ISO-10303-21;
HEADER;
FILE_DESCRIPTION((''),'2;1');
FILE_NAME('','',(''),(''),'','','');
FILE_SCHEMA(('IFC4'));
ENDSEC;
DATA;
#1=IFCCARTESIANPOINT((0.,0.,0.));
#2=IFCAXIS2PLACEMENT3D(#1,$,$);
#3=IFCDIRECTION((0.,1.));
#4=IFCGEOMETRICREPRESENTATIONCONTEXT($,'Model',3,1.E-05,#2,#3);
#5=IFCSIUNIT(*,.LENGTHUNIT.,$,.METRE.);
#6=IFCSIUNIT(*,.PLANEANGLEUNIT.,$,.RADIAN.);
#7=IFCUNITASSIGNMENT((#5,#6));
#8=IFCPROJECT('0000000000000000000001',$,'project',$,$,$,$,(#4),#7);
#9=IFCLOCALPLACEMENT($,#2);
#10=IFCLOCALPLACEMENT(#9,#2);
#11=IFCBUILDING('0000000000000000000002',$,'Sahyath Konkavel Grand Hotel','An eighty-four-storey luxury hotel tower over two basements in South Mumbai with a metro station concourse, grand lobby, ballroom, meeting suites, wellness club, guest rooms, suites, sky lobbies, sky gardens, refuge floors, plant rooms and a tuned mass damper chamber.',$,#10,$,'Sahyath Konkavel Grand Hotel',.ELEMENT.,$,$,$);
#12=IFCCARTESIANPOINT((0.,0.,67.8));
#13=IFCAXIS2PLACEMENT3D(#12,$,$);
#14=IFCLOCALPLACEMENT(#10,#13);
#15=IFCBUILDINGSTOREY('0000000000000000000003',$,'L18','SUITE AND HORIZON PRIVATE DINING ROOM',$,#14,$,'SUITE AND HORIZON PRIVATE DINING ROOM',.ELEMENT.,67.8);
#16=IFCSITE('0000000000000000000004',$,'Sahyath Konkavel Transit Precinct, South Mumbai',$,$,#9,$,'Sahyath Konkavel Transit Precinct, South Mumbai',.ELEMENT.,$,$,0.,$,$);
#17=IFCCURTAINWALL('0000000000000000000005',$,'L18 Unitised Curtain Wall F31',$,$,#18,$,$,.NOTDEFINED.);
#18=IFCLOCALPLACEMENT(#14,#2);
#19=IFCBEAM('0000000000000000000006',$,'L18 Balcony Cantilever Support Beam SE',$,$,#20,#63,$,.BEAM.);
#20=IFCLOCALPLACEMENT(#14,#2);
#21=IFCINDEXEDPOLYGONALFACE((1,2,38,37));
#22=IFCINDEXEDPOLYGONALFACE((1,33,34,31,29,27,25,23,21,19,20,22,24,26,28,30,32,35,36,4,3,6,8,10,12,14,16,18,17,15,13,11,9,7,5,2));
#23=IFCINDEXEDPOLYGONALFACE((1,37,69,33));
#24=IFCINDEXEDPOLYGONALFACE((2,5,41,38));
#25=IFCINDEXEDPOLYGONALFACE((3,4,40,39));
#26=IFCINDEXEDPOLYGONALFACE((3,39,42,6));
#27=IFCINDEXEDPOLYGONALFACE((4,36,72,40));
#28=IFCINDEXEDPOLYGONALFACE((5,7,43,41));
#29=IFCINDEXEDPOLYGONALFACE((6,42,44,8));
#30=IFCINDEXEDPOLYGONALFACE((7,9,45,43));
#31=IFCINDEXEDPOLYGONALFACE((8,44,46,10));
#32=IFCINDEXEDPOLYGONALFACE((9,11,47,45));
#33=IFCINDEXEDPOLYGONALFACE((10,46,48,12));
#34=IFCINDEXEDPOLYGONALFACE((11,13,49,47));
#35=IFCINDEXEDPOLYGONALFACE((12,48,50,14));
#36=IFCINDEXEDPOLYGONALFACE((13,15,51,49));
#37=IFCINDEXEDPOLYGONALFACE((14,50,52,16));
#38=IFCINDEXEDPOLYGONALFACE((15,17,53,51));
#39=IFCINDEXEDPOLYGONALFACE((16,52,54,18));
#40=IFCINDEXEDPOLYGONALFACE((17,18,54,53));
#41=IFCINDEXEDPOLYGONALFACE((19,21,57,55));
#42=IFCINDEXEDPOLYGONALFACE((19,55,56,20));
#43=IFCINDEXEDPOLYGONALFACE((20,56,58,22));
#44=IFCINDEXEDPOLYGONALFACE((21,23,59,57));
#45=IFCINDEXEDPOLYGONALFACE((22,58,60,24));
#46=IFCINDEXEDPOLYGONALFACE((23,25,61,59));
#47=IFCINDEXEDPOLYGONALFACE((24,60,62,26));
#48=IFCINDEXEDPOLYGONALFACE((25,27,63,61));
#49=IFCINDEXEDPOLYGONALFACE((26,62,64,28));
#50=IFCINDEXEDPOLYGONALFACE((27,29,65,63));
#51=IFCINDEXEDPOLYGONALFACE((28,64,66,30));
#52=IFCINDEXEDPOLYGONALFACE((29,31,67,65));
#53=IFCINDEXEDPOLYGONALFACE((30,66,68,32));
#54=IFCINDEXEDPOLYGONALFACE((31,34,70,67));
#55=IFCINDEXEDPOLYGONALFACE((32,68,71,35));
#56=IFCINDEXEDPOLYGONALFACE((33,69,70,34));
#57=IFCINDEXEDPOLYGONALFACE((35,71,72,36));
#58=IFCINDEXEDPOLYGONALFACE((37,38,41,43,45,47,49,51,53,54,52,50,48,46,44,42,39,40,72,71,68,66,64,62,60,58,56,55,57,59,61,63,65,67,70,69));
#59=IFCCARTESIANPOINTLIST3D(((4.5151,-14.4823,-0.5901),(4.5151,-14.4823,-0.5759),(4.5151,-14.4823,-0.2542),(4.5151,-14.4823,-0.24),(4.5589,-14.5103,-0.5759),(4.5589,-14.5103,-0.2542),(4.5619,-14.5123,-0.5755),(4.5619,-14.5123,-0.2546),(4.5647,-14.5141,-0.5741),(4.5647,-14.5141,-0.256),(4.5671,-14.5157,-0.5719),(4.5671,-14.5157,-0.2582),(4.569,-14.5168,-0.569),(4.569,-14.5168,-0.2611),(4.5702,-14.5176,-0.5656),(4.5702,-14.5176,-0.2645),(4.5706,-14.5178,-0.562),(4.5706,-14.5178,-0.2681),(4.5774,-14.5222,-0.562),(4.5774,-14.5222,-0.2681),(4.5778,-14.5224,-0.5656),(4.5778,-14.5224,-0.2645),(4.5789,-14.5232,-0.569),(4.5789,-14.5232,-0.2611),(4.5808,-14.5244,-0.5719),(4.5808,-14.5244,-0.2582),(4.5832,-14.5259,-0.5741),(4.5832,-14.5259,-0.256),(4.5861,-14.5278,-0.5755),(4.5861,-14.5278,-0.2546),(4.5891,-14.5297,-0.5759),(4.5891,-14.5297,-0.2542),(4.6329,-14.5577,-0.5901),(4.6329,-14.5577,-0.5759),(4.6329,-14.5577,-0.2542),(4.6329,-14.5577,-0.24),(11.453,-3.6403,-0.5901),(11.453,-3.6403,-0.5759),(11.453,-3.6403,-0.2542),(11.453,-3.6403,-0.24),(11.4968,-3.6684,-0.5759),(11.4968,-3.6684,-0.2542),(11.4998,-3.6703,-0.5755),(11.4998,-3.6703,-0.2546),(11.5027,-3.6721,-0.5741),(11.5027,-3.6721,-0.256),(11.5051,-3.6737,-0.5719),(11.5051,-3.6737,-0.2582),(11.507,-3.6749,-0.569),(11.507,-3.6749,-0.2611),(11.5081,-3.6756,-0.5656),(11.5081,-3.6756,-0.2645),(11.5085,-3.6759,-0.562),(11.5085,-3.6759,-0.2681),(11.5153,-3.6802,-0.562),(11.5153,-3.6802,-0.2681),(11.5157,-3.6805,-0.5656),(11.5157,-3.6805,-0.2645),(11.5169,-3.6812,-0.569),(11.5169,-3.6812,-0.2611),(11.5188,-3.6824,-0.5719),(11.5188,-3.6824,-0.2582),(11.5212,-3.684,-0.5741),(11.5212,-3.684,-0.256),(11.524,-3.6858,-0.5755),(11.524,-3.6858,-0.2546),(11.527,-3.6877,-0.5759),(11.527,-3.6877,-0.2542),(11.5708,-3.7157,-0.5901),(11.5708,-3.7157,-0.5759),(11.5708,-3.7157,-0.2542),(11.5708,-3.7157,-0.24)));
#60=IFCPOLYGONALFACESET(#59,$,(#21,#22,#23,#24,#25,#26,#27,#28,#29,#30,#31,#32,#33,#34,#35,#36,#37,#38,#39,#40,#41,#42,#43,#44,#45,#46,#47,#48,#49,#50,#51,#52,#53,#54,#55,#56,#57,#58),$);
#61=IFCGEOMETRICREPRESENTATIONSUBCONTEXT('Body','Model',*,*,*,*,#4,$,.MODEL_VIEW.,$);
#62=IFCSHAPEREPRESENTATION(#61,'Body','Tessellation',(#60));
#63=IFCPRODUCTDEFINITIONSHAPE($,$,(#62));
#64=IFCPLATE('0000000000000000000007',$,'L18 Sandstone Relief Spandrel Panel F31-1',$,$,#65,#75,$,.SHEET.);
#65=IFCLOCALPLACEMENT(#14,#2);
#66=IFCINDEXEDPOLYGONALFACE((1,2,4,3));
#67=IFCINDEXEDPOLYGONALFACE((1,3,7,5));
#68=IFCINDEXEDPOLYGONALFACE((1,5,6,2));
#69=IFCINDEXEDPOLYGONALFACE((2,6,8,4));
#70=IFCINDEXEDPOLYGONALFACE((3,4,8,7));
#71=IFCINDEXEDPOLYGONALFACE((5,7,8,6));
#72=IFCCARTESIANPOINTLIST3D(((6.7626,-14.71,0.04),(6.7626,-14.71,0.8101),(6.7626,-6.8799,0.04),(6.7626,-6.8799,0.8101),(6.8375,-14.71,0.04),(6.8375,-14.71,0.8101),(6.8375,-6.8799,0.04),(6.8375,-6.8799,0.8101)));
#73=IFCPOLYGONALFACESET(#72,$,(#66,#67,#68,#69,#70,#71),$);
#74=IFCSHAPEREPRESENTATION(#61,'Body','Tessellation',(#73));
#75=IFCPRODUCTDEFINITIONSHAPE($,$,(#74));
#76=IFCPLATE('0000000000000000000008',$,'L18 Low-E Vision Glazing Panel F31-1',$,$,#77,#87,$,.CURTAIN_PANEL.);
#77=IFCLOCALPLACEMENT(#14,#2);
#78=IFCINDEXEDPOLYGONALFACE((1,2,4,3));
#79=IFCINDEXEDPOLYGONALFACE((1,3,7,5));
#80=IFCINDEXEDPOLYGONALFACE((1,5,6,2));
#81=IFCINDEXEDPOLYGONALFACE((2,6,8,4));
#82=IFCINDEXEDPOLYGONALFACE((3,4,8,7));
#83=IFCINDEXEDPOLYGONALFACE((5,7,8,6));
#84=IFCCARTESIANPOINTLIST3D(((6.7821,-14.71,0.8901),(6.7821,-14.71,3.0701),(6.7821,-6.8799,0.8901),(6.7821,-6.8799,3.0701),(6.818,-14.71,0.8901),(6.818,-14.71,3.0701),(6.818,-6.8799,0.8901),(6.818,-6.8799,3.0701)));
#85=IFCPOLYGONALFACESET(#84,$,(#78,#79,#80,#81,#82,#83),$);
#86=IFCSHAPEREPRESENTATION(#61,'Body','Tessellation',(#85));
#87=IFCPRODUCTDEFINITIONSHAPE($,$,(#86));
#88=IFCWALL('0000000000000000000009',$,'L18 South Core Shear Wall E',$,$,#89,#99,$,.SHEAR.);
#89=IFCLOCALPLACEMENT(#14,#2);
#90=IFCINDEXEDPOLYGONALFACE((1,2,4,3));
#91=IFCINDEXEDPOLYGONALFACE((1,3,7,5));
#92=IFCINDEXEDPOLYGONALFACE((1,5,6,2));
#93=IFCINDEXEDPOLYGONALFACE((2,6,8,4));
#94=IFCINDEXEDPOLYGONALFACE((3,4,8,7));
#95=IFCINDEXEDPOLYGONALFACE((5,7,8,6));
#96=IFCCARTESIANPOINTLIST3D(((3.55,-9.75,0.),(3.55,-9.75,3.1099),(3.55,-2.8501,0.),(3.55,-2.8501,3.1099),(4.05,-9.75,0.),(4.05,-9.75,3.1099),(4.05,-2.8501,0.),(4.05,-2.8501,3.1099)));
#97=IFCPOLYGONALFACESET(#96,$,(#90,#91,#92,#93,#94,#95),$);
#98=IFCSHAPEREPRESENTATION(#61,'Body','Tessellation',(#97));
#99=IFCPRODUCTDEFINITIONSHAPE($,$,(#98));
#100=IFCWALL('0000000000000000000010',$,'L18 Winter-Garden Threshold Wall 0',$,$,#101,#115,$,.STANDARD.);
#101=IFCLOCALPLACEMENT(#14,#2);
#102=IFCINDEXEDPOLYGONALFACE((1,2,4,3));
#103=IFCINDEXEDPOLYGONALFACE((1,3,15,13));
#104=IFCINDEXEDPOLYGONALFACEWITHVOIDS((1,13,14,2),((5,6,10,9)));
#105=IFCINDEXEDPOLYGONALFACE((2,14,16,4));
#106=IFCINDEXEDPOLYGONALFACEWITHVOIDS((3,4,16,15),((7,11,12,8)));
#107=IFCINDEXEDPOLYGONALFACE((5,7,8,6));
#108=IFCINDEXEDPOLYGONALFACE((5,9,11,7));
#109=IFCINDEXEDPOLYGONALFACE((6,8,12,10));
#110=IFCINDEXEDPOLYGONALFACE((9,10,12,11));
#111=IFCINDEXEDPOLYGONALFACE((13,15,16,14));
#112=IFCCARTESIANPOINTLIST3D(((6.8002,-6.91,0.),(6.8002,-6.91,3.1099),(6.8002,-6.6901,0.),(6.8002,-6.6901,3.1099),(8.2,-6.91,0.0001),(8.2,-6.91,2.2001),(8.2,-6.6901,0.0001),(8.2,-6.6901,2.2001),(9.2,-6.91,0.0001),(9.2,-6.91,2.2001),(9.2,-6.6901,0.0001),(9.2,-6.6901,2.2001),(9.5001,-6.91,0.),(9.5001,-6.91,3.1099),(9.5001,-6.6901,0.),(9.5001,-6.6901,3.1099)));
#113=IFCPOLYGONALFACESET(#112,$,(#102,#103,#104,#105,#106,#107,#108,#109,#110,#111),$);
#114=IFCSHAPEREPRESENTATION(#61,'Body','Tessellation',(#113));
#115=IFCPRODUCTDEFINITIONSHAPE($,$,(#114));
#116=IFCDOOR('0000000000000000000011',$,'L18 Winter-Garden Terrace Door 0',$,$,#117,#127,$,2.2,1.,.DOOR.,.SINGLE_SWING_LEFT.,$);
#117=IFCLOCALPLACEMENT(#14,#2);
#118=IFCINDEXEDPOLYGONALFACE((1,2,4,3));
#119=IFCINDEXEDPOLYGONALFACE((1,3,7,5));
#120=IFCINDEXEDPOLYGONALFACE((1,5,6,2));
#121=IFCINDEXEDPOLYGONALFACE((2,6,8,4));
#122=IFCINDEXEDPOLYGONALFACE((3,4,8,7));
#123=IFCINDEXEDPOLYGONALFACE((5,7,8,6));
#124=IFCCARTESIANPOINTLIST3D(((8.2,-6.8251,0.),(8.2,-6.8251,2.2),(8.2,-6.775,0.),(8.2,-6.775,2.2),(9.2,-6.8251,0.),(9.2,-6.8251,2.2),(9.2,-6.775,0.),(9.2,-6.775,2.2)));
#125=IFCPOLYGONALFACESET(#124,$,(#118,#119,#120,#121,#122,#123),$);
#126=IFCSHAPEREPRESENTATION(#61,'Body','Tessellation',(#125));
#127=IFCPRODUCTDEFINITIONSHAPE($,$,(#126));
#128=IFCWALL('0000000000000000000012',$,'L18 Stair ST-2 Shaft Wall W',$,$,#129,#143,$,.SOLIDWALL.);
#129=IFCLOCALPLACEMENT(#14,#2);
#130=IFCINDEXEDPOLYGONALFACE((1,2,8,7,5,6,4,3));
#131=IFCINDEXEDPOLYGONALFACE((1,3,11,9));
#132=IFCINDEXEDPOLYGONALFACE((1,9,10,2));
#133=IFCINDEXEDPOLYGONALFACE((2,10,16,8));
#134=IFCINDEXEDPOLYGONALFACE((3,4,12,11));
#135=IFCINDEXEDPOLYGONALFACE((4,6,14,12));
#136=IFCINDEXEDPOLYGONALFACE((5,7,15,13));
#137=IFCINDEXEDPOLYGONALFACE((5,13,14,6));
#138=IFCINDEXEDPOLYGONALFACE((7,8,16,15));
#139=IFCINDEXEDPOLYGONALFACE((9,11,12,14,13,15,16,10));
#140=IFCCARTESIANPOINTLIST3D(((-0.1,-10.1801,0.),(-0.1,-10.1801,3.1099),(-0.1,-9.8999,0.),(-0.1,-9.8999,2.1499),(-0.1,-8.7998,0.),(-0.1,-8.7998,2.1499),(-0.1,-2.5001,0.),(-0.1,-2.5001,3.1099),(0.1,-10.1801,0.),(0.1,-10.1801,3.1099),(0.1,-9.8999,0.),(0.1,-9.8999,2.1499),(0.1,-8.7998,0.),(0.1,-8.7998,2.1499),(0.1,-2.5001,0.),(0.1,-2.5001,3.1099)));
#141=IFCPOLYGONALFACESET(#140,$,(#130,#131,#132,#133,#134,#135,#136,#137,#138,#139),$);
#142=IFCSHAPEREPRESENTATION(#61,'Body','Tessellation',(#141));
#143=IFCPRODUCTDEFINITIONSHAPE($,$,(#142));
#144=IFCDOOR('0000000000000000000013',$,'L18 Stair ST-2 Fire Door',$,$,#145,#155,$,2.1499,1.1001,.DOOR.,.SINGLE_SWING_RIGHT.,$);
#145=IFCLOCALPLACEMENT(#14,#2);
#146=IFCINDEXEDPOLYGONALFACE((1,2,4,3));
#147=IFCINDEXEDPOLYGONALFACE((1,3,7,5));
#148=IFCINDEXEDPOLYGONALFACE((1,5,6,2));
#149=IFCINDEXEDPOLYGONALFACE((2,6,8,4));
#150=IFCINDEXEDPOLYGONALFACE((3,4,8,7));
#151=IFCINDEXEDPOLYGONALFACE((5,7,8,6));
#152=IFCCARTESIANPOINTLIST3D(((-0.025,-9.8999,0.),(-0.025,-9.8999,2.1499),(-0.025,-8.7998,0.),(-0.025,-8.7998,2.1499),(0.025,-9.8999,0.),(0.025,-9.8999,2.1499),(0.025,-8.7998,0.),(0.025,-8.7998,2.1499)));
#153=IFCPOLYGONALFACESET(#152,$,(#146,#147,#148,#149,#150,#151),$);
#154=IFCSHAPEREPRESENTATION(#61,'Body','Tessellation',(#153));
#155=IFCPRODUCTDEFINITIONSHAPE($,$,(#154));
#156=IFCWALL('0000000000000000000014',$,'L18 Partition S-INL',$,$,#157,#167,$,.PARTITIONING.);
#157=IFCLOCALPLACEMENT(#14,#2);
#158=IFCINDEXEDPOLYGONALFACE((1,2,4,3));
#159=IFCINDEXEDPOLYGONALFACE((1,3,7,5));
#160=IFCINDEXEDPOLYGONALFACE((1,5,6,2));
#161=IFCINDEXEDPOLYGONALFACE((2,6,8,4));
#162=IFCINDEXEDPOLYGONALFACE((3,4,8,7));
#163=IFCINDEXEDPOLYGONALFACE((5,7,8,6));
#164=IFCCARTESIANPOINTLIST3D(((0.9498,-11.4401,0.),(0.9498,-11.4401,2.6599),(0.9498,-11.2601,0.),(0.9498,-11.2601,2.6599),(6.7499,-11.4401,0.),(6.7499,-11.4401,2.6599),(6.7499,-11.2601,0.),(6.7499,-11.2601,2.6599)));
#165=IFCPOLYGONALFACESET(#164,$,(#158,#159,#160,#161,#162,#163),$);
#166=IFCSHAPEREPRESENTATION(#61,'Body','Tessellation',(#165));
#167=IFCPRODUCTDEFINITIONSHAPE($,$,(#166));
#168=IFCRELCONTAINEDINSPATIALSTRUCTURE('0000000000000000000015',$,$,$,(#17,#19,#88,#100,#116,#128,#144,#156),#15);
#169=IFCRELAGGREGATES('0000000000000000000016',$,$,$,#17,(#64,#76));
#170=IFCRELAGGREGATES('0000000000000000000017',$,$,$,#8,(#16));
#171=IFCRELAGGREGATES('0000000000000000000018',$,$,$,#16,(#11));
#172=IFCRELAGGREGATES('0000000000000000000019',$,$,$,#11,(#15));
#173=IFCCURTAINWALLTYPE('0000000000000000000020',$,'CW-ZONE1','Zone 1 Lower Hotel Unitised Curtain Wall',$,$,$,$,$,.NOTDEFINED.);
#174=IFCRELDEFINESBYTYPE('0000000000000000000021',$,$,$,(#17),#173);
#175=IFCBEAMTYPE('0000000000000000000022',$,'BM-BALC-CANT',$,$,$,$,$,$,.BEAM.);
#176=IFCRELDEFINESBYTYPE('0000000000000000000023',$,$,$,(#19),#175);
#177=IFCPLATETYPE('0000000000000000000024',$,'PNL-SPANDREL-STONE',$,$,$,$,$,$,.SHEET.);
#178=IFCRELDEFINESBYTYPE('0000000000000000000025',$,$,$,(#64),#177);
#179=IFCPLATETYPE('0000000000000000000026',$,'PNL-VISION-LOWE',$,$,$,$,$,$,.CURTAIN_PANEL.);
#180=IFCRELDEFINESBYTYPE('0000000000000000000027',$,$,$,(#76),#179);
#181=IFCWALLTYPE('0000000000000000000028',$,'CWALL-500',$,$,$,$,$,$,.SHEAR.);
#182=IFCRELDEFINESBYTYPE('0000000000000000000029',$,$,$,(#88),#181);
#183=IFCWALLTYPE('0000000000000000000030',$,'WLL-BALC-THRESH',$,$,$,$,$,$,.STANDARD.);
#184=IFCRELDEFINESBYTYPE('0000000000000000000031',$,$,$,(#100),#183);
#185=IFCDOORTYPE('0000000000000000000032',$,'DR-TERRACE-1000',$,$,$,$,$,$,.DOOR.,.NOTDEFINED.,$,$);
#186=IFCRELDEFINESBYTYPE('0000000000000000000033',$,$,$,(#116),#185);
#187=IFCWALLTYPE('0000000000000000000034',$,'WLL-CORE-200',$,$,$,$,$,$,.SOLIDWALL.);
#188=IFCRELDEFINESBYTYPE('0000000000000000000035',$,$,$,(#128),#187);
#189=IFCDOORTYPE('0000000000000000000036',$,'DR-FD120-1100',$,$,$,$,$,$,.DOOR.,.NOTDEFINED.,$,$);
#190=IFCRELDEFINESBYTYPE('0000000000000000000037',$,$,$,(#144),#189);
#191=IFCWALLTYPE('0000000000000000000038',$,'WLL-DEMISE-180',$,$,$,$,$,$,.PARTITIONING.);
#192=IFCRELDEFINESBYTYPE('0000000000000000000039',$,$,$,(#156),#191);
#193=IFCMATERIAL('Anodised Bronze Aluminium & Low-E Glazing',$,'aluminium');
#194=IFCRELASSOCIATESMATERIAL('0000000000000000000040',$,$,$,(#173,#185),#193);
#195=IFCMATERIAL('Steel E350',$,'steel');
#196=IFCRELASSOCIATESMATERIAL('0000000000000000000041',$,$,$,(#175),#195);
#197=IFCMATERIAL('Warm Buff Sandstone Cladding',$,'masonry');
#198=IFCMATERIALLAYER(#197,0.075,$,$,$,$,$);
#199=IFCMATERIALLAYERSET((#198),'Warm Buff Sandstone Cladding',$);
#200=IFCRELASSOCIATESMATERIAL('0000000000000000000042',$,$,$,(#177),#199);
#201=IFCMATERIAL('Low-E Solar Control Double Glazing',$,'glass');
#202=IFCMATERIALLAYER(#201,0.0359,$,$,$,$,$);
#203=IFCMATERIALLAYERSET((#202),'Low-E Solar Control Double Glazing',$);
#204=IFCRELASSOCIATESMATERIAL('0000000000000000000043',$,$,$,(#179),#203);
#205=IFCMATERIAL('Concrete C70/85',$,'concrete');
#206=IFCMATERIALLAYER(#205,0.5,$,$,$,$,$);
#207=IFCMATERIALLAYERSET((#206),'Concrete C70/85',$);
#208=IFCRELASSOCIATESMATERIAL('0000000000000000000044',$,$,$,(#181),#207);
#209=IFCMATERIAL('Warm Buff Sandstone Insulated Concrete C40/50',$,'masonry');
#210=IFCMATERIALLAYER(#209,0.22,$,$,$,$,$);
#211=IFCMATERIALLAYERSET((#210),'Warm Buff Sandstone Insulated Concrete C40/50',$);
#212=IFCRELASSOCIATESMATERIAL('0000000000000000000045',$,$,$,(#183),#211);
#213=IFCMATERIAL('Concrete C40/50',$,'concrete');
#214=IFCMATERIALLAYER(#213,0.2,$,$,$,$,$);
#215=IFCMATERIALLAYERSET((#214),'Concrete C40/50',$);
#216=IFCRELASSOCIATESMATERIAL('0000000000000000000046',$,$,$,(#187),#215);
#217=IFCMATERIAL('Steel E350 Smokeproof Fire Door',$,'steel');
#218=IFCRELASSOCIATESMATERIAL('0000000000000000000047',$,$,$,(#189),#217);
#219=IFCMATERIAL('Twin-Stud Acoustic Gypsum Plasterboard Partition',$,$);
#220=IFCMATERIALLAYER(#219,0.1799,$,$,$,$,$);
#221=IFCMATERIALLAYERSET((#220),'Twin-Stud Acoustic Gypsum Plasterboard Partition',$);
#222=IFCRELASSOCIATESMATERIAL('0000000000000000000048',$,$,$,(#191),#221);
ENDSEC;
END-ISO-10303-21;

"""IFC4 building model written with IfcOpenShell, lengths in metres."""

from ifc_helpers import new_model, si_unit, direction, frame, frame_2d, origin, origin_2d, place, context, subcontext, project, spatial, rectangle, i_section, extrude, source, transform, mapped, material, layer, layer_set, material_profile, profile_set, type_object, element, fill, aggregate, save


model = new_model("IFC4")

# Units and contexts
model_context = context("Model", 3, precision=1e-05, world=origin(), true_north=direction((0.0, 1.0)))
body_context = subcontext(model_context, "Body", "Model", "MODEL_VIEW")
ifc_project = project(units=[si_unit("LENGTHUNIT", "METRE"), si_unit("PLANEANGLEUNIT", "RADIAN")], contexts=[model_context])

# Site, building, storey
site_placement = place(None, origin())
site = spatial("IfcSite", under=ifc_project, at=site_placement, Name="Sahyath Konkavel Transit Precinct, South Mumbai", LongName="Sahyath Konkavel Transit Precinct, South Mumbai", CompositionType="ELEMENT", RefElevation=0.0)
building_placement = place(site_placement, origin())
building = spatial("IfcBuilding", under=site, at=building_placement, Name="Sahyath Konkavel Grand Hotel", Description="An eighty-four-storey luxury hotel tower over two basements in South Mumbai with a metro station concourse, grand lobby, ballroom, meeting suites, wellness club, guest rooms, suites, sky lobbies, sky gardens, refuge floors, plant rooms and a tuned mass damper chamber.", LongName="Sahyath Konkavel Grand Hotel", CompositionType="ELEMENT")
storey_placement = place(building_placement, frame((0.0, 0.0, 67.8)))
storey = spatial("IfcBuildingStorey", under=building, at=storey_placement, Name="L18", Description="SUITE AND HORIZON PRIVATE DINING ROOM", LongName="SUITE AND HORIZON PRIVATE DINING ROOM", CompositionType="ELEMENT", Elevation=67.8)

# Shared definitions
ifc_material_1 = material(Name="Concrete C70/85", Category="concrete")

# Shared definitions
ifc_material_2 = material(Name="Steel E350", Category="steel")

# Curtain wall
ifc_material_3 = material(Name="Anodised Bronze Aluminium & Low-E Glazing", Category="aluminium")
curtain_wall_type = type_object("IfcCurtainWallType", Name="CW-ZONE1", Description="Zone 1 Lower Hotel Unitised Curtain Wall", PredefinedType="NOTDEFINED", material=ifc_material_3)
curtain_wall_1_placement = place(storey_placement, origin())
curtain_wall_1 = element("IfcCurtainWall", 1, at=curtain_wall_1_placement, inside=storey, type_object=curtain_wall_type, Name="L18 Unitised Curtain Wall F31", PredefinedType="NOTDEFINED")

# Beam
ifc_material_profile_1 = material_profile(ifc_material_2, i_section(OverallWidth=0.1399, OverallDepth=0.3501, WebThickness=0.0081, FlangeThickness=0.0142, FilletRadius=0.0139, at=origin_2d()), Name="ISMB 350")
ifc_profile_set_1 = profile_set([ifc_material_profile_1], Name="Steel E350")
beam_type_1 = type_object("IfcBeamType", Name="BM-BALC-CANT", PredefinedType="BEAM", material=ifc_profile_set_1)
shared_shape_1 = source(origin(), body_context, "Body", "SweptSolid", [
    extrude(i_section(OverallWidth=0.1399, OverallDepth=0.3501, WebThickness=0.0081, FlangeThickness=0.0142, FilletRadius=0.0139, at=origin_2d()), origin(), (0.0, 0.0, 1.0), 12.8718),
])
beam_1_placement = place(storey_placement, frame((4.574, -14.52, -0.415), z_axis=(0.539003, 0.842304, 0.0), x_axis=(-0.842304, 0.539003, 0.0)))
element("IfcBeam", 2, at=beam_1_placement, inside=storey, type_object=beam_type_1, Name="L18 Balcony Cantilever Support Beam SE", PredefinedType="BEAM", context=body_context, shape_type="MappedRepresentation", body=[
    mapped(shared_shape_1, transform((0.0, 0.0, 0.0), scale=1.0)),
])

# Plates
ifc_material_4 = material(Name="Warm Buff Sandstone Cladding", Category="masonry")
ifc_layer_1 = layer(ifc_material_4, 0.075)
ifc_layer_set_1 = layer_set([ifc_layer_1], Name="Warm Buff Sandstone Cladding")
plate_type_1 = type_object("IfcPlateType", Name="PNL-SPANDREL-STONE", PredefinedType="SHEET", material=ifc_layer_set_1)
shared_shape_2 = source(origin(), body_context, "Body", "SweptSolid", [
    extrude(rectangle(XDim=7.8301, YDim=0.075, at=origin_2d()), origin(), (0.0, 0.0, 1.0), 0.77),
])
plate_1_placement = place(storey_placement, frame((6.8, -10.7949, 0.04), z_axis=(0.0, 0.0, 1.0), x_axis=(0.0, 1.0, 0.0)))
plate_1 = element("IfcPlate", 3, at=plate_1_placement, type_object=plate_type_1, Name="L18 Sandstone Relief Spandrel Panel F31-1", PredefinedType="SHEET", context=body_context, shape_type="MappedRepresentation", body=[
    mapped(shared_shape_2, transform((0.0, 0.0, 0.0), scale=1.0)),
])
ifc_material_5 = material(Name="Low-E Solar Control Double Glazing", Category="glass")
ifc_layer_2 = layer(ifc_material_5, 0.0359)
ifc_layer_set_2 = layer_set([ifc_layer_2], Name="Low-E Solar Control Double Glazing")
plate_type_2 = type_object("IfcPlateType", Name="PNL-VISION-LOWE", PredefinedType="CURTAIN_PANEL", material=ifc_layer_set_2)
shared_shape_3 = source(origin(), body_context, "Body", "SweptSolid", [
    extrude(rectangle(XDim=7.8301, YDim=0.0359, at=origin_2d()), origin(), (0.0, 0.0, 1.0), 2.1799),
])
plate_2_placement = place(storey_placement, frame((6.8, -10.7949, 0.8901), z_axis=(0.0, 0.0, 1.0), x_axis=(0.0, 1.0, 0.0)))
plate_2 = element("IfcPlate", 4, at=plate_2_placement, type_object=plate_type_2, Name="L18 Low-E Vision Glazing Panel F31-1", PredefinedType="CURTAIN_PANEL", context=body_context, shape_type="MappedRepresentation", body=[
    mapped(shared_shape_3, transform((0.0, 0.0, 0.0), scale=1.0)),
])
aggregate(curtain_wall_1, [plate_1, plate_2])

# Wall
ifc_layer_3 = layer(ifc_material_1, 0.5)
ifc_layer_set_3 = layer_set([ifc_layer_3], Name="Concrete C70/85")
wall_type_1 = type_object("IfcWallType", Name="CWALL-500", PredefinedType="SHEAR", material=ifc_layer_set_3)
wall_1_placement = place(storey_placement, frame((3.8, -9.75, 0.0), z_axis=(0.0, 0.0, 1.0), x_axis=(0.0, 1.0, 0.0)))
element("IfcWall", 5, at=wall_1_placement, inside=storey, type_object=wall_type_1, Name="L18 South Core Shear Wall E", PredefinedType="SHEAR", context=body_context, shape_type="SweptSolid", body=[
    extrude(rectangle(XDim=6.8999, YDim=0.5, at=frame_2d((3.45, 0.0))), origin(), (0.0, 0.0, 1.0), 3.1099),
])

# Walls, openings, doors
ifc_material_6 = material(Name="Warm Buff Sandstone Insulated Concrete C40/50", Category="masonry")
ifc_layer_4 = layer(ifc_material_6, 0.22)
ifc_layer_set_4 = layer_set([ifc_layer_4], Name="Warm Buff Sandstone Insulated Concrete C40/50")
wall_type_2 = type_object("IfcWallType", Name="WLL-BALC-THRESH", PredefinedType="STANDARD", material=ifc_layer_set_4)
wall_2_placement = place(storey_placement, frame((6.8, -6.8, 0.0), z_axis=(0.0, 0.0, 1.0), x_axis=(1.0, 0.0, 0.0)))
wall_2 = element("IfcWall", 6, at=wall_2_placement, inside=storey, type_object=wall_type_2, Name="L18 Winter-Garden Threshold Wall 0", PredefinedType="STANDARD", context=body_context, shape_type="SweptSolid", body=[
    extrude(rectangle(XDim=2.7, YDim=0.22, at=frame_2d((1.3501, 0.0))), origin(), (0.0, 0.0, 1.0), 3.1099),
])
opening_1_placement = place(wall_2_placement, frame((1.3999, 0.0, 0.0)))
opening_1 = element("IfcOpeningElement", 7, at=opening_1_placement, cuts=wall_2, PredefinedType="OPENING", context=body_context, shape_type="SweptSolid", body=[
    extrude(rectangle(XDim=1.0, YDim=2.2, at=frame_2d((0.5, 1.1001))), frame((0.0, 0.1201, 0.0), z_axis=(0.0, -1.0, 0.0), x_axis=(1.0, 0.0, 0.0)), (0.0, 0.0, 1.0), 0.24),
])
door_type_1 = type_object("IfcDoorType", Name="DR-TERRACE-1000", OperationType="NOTDEFINED", PredefinedType="DOOR", material=ifc_material_3)
shared_shape_4 = source(origin(), body_context, "Body", "SweptSolid", [
    extrude(rectangle(XDim=1.0, YDim=0.05, at=origin_2d()), origin(), (0.0, 0.0, 1.0), 2.2),
])
door_1_placement = place(opening_1_placement, frame((0.5, 0.0, 0.0)))
door_1 = element("IfcDoor", 8, at=door_1_placement, inside=storey, type_object=door_type_1, Name="L18 Winter-Garden Terrace Door 0", OperationType="SINGLE_SWING_LEFT", OverallHeight=2.2, OverallWidth=1.0, PredefinedType="DOOR", context=body_context, shape_type="MappedRepresentation", body=[
    mapped(shared_shape_4, transform((0.0, 0.0, 0.0), scale=1.0)),
])
fill(opening_1, door_1)
ifc_material_7 = material(Name="Concrete C40/50", Category="concrete")
ifc_layer_5 = layer(ifc_material_7, 0.2)
ifc_layer_set_5 = layer_set([ifc_layer_5], Name="Concrete C40/50")
wall_type_3 = type_object("IfcWallType", Name="WLL-CORE-200", PredefinedType="SOLIDWALL", material=ifc_layer_set_5)
wall_3_placement = place(storey_placement, frame((0.0, -10.1799, 0.0), z_axis=(0.0, 0.0, 1.0), x_axis=(0.0, 1.0, 0.0)))
wall_3 = element("IfcWall", 9, at=wall_3_placement, inside=storey, type_object=wall_type_3, Name="L18 Stair ST-2 Shaft Wall W", PredefinedType="SOLIDWALL", context=body_context, shape_type="SweptSolid", body=[
    extrude(rectangle(XDim=7.6799, YDim=0.2, at=frame_2d((3.8398, 0.0))), origin(), (0.0, 0.0, 1.0), 3.1099),
])
opening_2_placement = place(wall_3_placement, frame((0.28, 0.0, 0.0)))
opening_2 = element("IfcOpeningElement", 10, at=opening_2_placement, cuts=wall_3, PredefinedType="OPENING", context=body_context, shape_type="SweptSolid", body=[
    extrude(rectangle(XDim=1.1001, YDim=2.1499, at=frame_2d((0.55, 1.075))), frame((0.0, 0.1099, 0.0), z_axis=(0.0, -1.0, 0.0), x_axis=(1.0, 0.0, 0.0)), (0.0, 0.0, 1.0), 0.22),
])
ifc_material_8 = material(Name="Steel E350 Smokeproof Fire Door", Category="steel")
door_type_2 = type_object("IfcDoorType", Name="DR-FD120-1100", OperationType="NOTDEFINED", PredefinedType="DOOR", material=ifc_material_8)
shared_shape_5 = source(origin(), body_context, "Body", "SweptSolid", [
    extrude(rectangle(XDim=1.1001, YDim=0.05, at=origin_2d()), origin(), (0.0, 0.0, 1.0), 2.1499),
])
door_2_placement = place(opening_2_placement, frame((0.55, 0.0, 0.0)))
door_2 = element("IfcDoor", 11, at=door_2_placement, inside=storey, type_object=door_type_2, Name="L18 Stair ST-2 Fire Door", OperationType="SINGLE_SWING_RIGHT", OverallHeight=2.1499, OverallWidth=1.1001, PredefinedType="DOOR", context=body_context, shape_type="MappedRepresentation", body=[
    mapped(shared_shape_5, transform((0.0, 0.0, 0.0), scale=1.0)),
])
fill(opening_2, door_2)

# Wall
ifc_material_9 = material(Name="Twin-Stud Acoustic Gypsum Plasterboard Partition")
ifc_layer_6 = layer(ifc_material_9, 0.1799)
ifc_layer_set_6 = layer_set([ifc_layer_6], Name="Twin-Stud Acoustic Gypsum Plasterboard Partition")
wall_type_4 = type_object("IfcWallType", Name="WLL-DEMISE-180", PredefinedType="PARTITIONING", material=ifc_layer_set_6)
wall_4_placement = place(storey_placement, frame((0.95, -11.3501, 0.0), z_axis=(0.0, 0.0, 1.0), x_axis=(1.0, 0.0, 0.0)))
element("IfcWall", 12, at=wall_4_placement, inside=storey, type_object=wall_type_4, Name="L18 Partition S-INL", PredefinedType="PARTITIONING", context=body_context, shape_type="SweptSolid", body=[
    extrude(rectangle(XDim=5.8, YDim=0.1799, at=frame_2d((2.8999, 0.0))), origin(), (0.0, 0.0, 1.0), 2.6599),
])

save(model, "model.ifc")
